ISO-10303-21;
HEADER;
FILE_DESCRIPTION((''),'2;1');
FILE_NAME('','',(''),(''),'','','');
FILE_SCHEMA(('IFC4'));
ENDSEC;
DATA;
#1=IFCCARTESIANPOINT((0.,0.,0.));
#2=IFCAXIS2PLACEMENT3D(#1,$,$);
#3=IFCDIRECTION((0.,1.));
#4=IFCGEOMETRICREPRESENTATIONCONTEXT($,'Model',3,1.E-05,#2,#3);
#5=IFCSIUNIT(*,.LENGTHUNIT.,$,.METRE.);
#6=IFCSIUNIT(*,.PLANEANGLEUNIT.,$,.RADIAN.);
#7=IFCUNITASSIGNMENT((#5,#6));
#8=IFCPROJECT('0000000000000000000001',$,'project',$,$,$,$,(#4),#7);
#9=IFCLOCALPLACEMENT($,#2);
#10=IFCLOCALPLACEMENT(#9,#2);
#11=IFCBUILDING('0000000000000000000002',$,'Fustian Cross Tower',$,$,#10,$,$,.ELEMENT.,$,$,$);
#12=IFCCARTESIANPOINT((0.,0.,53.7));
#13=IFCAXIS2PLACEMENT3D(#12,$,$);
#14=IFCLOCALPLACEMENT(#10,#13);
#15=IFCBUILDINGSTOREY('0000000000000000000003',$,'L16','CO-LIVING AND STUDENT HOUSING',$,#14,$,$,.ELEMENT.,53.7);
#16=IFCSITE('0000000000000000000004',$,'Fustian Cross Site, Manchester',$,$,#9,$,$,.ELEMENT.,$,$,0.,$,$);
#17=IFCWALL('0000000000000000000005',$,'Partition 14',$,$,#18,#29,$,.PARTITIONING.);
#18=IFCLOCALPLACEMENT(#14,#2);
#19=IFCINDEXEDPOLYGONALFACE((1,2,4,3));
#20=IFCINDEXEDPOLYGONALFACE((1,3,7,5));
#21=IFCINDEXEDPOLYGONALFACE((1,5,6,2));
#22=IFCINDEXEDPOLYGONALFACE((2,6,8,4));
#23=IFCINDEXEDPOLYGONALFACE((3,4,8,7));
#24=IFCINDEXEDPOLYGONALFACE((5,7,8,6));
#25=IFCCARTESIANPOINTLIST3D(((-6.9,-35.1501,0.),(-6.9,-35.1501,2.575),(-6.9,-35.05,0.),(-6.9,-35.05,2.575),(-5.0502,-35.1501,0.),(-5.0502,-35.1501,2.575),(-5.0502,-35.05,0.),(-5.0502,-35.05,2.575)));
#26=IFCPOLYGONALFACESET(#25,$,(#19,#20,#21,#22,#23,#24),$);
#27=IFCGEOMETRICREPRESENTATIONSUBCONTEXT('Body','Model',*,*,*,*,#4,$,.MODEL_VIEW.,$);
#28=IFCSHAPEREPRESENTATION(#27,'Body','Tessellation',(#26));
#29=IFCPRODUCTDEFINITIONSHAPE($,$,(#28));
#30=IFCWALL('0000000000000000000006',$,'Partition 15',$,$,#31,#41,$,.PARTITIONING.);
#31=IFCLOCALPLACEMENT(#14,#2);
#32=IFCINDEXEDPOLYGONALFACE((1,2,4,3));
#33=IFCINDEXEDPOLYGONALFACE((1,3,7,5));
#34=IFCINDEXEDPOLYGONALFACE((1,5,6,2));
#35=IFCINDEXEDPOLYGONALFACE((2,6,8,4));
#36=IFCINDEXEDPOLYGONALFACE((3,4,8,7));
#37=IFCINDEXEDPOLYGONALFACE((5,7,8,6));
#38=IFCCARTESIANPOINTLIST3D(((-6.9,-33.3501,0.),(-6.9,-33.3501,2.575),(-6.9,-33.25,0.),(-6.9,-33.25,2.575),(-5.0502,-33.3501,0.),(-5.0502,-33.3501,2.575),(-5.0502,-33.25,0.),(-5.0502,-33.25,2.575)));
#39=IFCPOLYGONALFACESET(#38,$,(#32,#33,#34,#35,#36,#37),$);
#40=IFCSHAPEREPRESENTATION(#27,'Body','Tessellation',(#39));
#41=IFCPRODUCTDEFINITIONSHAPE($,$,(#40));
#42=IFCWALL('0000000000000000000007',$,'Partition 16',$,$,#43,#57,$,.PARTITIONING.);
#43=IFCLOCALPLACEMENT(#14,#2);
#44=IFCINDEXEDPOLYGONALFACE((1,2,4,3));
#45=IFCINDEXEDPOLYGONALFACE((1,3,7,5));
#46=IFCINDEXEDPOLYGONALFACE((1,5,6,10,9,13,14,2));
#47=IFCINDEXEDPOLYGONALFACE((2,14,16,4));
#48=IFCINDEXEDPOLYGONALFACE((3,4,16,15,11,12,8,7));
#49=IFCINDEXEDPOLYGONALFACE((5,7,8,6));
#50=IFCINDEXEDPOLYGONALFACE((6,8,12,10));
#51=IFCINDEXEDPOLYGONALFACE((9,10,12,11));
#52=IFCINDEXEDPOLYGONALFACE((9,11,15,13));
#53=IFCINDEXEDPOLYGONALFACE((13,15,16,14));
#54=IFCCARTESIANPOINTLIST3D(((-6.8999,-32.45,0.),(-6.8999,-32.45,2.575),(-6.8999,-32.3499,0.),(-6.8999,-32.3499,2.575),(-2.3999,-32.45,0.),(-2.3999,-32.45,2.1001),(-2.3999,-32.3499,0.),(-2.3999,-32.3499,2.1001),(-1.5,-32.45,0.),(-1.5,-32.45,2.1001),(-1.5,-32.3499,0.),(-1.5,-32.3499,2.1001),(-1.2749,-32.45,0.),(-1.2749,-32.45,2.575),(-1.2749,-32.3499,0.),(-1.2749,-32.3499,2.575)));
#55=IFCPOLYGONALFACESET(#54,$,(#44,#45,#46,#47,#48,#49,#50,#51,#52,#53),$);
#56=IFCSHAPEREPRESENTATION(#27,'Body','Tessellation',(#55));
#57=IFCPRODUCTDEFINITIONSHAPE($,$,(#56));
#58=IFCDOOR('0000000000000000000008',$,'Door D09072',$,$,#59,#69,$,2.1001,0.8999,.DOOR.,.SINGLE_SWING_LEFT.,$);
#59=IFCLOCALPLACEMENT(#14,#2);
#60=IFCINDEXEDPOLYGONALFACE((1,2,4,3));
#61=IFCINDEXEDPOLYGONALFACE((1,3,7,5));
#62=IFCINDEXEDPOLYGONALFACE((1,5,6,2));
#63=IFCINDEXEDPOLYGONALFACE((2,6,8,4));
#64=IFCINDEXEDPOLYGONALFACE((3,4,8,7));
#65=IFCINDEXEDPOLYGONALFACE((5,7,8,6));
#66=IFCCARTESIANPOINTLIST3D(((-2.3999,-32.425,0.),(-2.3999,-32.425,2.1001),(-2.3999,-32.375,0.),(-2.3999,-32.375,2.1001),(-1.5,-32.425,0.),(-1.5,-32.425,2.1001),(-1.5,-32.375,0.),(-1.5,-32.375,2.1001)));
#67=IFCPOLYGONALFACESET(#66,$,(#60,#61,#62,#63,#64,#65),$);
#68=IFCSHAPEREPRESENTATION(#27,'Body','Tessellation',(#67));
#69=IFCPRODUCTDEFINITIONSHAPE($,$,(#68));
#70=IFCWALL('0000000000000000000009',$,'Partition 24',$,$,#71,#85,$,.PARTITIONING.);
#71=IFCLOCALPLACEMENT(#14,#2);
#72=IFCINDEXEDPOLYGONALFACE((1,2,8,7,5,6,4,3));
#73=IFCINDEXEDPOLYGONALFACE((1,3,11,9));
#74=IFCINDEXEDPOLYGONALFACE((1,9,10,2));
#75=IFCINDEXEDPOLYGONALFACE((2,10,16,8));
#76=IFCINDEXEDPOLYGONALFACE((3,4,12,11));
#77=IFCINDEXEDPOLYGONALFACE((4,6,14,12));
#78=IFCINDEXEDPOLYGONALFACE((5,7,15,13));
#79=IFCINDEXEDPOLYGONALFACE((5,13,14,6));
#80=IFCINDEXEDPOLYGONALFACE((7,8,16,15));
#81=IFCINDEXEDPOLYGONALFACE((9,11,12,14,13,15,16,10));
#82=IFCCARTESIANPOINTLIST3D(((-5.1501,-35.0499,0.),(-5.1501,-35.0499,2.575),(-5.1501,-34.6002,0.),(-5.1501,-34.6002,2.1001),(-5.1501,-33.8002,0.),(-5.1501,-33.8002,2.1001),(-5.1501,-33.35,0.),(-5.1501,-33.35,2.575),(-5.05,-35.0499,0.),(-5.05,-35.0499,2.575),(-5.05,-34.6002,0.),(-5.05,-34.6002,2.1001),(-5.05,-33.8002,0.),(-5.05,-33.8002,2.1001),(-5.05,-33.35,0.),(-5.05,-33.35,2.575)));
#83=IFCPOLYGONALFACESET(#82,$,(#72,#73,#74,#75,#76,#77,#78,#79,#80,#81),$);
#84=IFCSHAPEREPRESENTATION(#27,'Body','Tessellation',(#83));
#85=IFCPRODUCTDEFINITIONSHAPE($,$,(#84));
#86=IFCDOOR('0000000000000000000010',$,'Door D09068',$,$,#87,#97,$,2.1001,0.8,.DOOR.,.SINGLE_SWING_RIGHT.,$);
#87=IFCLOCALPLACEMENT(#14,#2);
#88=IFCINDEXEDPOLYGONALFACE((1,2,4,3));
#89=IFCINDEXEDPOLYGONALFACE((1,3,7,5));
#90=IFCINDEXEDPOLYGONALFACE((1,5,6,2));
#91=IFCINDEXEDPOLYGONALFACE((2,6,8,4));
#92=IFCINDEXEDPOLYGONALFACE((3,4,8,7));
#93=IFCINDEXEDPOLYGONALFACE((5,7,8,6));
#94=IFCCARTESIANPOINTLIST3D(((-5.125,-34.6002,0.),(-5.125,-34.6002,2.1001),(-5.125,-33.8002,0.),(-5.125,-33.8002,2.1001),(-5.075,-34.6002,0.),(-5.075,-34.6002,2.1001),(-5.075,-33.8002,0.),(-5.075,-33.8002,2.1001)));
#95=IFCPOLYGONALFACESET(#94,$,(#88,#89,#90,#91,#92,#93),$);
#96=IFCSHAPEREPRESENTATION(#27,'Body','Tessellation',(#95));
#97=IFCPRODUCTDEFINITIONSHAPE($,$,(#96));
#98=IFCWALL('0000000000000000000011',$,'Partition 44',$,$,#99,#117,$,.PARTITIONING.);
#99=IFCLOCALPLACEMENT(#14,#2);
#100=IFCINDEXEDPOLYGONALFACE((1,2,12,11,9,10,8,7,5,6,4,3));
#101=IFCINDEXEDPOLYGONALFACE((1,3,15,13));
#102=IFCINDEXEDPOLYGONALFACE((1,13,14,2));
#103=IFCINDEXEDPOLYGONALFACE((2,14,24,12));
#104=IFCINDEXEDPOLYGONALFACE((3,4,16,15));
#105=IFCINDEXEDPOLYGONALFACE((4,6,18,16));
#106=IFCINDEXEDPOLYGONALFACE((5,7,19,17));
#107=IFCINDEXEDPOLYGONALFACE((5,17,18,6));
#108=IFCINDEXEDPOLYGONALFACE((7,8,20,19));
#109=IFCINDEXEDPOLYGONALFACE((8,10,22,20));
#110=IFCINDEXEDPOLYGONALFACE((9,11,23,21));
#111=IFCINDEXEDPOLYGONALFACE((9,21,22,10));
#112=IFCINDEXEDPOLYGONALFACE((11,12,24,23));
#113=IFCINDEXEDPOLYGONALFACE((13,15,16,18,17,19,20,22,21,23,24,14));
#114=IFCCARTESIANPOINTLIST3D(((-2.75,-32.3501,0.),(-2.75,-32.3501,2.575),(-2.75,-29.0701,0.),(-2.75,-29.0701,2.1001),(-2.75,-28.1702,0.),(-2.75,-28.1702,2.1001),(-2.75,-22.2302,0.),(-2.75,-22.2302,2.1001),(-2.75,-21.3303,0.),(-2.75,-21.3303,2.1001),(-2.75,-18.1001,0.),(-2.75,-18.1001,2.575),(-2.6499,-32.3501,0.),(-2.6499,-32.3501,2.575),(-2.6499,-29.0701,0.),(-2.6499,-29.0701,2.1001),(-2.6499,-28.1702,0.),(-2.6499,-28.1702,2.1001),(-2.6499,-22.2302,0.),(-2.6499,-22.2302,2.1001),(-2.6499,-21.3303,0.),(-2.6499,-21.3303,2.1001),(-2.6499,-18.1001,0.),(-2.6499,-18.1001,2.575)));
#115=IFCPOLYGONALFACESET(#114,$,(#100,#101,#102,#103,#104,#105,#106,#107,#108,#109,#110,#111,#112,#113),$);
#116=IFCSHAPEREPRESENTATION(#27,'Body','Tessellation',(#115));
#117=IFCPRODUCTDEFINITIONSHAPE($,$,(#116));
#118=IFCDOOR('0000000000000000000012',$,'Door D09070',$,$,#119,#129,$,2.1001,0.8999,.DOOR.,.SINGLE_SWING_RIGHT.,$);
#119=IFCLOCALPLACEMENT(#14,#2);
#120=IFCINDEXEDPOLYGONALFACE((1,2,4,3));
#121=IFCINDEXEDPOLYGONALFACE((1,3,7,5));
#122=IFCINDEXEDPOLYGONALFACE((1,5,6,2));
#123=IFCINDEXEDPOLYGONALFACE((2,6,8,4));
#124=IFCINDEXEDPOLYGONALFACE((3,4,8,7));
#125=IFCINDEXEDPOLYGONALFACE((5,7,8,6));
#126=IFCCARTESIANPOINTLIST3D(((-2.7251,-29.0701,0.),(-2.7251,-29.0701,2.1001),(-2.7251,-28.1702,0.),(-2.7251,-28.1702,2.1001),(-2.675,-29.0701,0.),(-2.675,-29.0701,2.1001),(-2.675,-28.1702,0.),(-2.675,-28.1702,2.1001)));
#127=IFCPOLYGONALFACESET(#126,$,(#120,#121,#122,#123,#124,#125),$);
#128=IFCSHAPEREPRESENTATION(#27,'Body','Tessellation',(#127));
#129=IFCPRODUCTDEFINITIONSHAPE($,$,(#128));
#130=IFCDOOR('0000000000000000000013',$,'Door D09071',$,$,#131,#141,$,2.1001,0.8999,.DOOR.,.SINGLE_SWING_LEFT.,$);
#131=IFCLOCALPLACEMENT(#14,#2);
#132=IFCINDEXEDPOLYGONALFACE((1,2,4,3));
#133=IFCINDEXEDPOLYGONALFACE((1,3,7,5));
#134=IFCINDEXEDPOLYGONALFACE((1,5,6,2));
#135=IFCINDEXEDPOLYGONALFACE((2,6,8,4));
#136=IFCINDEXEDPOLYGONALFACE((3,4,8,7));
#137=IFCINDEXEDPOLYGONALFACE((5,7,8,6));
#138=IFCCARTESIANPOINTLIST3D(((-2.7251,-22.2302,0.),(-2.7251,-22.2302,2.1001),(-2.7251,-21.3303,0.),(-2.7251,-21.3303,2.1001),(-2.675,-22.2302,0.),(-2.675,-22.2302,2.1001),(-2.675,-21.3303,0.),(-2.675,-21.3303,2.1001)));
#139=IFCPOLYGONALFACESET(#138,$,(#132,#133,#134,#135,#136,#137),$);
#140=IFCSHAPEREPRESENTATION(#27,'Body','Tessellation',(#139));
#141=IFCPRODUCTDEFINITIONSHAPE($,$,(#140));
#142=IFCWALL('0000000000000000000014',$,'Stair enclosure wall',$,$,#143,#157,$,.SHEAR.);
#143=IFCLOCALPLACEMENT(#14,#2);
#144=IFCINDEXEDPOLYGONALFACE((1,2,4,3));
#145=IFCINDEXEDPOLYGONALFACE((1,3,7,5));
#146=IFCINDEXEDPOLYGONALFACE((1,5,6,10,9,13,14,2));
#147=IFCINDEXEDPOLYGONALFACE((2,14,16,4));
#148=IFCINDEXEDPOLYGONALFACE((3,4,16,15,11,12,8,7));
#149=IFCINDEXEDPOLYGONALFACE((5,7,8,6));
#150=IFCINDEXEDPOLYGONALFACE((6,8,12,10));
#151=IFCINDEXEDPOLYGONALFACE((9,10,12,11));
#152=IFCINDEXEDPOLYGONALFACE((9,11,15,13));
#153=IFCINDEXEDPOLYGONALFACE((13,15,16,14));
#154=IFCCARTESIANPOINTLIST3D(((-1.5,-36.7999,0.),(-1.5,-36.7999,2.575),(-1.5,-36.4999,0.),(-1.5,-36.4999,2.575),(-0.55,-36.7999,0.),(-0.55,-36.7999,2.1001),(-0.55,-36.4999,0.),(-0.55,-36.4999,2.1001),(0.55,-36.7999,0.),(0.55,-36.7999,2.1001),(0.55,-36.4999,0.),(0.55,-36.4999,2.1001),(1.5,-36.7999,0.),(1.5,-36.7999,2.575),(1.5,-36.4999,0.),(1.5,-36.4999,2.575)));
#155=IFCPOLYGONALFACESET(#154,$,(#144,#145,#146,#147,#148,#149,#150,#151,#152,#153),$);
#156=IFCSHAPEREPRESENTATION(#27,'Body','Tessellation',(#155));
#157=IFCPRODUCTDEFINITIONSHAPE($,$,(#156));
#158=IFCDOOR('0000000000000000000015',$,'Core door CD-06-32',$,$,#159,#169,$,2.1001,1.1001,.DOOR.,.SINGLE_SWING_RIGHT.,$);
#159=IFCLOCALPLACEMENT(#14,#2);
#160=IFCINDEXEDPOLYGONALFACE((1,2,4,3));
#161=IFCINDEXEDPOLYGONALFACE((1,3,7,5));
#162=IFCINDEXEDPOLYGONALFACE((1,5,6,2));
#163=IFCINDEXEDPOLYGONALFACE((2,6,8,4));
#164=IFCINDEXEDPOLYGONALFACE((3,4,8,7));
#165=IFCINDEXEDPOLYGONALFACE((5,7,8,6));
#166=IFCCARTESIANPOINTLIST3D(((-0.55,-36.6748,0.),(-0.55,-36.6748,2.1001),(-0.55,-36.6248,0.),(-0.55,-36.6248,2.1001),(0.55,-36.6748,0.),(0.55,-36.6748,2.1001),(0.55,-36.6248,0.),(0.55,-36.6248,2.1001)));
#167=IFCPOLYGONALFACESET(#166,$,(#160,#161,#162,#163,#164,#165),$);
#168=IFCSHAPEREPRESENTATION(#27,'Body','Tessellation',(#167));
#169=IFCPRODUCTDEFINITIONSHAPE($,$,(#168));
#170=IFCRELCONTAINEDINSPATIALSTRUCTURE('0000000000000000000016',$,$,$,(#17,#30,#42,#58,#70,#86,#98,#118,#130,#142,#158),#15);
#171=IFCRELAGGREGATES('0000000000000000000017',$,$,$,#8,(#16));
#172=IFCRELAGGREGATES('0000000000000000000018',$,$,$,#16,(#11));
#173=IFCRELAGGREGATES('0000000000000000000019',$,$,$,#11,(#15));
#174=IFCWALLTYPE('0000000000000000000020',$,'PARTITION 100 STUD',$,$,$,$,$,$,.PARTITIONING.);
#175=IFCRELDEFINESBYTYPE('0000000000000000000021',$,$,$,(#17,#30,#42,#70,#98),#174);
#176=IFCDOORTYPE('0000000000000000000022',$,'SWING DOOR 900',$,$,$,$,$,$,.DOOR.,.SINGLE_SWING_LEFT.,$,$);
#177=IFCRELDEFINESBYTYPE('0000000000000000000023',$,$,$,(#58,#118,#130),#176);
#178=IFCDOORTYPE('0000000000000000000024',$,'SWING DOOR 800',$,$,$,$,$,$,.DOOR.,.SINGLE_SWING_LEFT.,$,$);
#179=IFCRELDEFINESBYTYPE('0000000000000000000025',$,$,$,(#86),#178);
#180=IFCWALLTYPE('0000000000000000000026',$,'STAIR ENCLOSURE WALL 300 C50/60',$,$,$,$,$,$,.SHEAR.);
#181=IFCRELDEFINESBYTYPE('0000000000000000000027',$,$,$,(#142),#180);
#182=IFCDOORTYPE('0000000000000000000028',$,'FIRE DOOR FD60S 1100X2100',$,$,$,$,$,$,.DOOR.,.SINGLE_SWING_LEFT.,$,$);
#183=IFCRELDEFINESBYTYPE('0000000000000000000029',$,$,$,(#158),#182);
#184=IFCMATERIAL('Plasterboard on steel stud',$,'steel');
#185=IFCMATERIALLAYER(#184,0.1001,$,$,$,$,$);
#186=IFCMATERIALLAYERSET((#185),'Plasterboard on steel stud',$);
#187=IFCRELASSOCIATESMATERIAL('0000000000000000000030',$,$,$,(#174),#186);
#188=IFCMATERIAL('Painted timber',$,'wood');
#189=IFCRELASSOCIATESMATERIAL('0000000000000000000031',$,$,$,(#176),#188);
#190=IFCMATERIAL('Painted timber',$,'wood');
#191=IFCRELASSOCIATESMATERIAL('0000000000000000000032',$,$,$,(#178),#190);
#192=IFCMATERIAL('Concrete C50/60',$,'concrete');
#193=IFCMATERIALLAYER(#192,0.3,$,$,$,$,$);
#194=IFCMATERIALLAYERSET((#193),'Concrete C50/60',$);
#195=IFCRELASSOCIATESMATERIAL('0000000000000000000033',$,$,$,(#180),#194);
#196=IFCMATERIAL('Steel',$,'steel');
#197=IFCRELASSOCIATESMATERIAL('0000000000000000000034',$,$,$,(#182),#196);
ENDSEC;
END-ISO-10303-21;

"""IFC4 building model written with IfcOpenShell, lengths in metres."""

from ifc_helpers import new_model, si_unit, direction, frame, frame_2d, origin, place, context, subcontext, project, spatial, rectangle, extrude, material, layer, layer_set, type_object, element, fill, save


model = new_model("IFC4")

# Units and contexts
model_context = context("Model", 3, precision=1e-05, world=origin(), true_north=direction((0.0, 1.0)))
body_context = subcontext(model_context, "Body", "Model", "MODEL_VIEW")
ifc_project = project(units=[si_unit("LENGTHUNIT", "METRE"), si_unit("PLANEANGLEUNIT", "RADIAN")], contexts=[model_context])

# Site, building, storey
site_placement = place(None, origin())
site = spatial("IfcSite", under=ifc_project, at=site_placement, Name="Fustian Cross Site, Manchester", CompositionType="ELEMENT", RefElevation=0.0)
building_placement = place(site_placement, origin())
building = spatial("IfcBuilding", under=site, at=building_placement, Name="Fustian Cross Tower", CompositionType="ELEMENT")
storey_placement = place(building_placement, frame((0.0, 0.0, 53.7)))
storey = spatial("IfcBuildingStorey", under=building, at=storey_placement, Name="L16", Description="CO-LIVING AND STUDENT HOUSING", CompositionType="ELEMENT", Elevation=53.7)

# Walls
ifc_material_1 = material(Name="Plasterboard on steel stud", Category="steel")
ifc_layer_1 = layer(ifc_material_1, 0.1001)
ifc_layer_set_1 = layer_set([ifc_layer_1], Name="Plasterboard on steel stud")
wall_type_1 = type_object("IfcWallType", Name="PARTITION 100 STUD", PredefinedType="PARTITIONING", material=ifc_layer_set_1)
for number, where, z_axis, x_axis, name in (
    (1, (-6.8999, -35.1001, 0.0), (0.0, 0.0, 1.0), (1.0, 0.0, 0.0), "Partition 14"),
    (2, (-6.8999, -33.3, 0.0), (0.0, 0.0, 1.0), (1.0, 0.0, 0.0), "Partition 15"),
):
    element("IfcWall", number, at=place(storey_placement, frame(where, z_axis=z_axis, x_axis=x_axis)), inside=storey, type_object=wall_type_1, Name=name, PredefinedType="PARTITIONING", context=body_context, shape_type="SweptSolid", body=[
        extrude(rectangle(XDim=1.8499, YDim=0.1001, at=frame_2d((0.9248, 0.0))), origin(), (0.0, 0.0, 1.0), 2.575),
    ])

# Walls, openings, doors
wall_1_placement = place(storey_placement, frame((-6.8999, -32.3999, 0.0), z_axis=(0.0, 0.0, 1.0), x_axis=(1.0, 0.0, 0.0)))
wall_1 = element("IfcWall", 3, at=wall_1_placement, inside=storey, type_object=wall_type_1, Name="Partition 16", PredefinedType="PARTITIONING", context=body_context, shape_type="SweptSolid", body=[
    extrude(rectangle(XDim=5.625, YDim=0.1001, at=frame_2d((2.8125, 0.0))), origin(), (0.0, 0.0, 1.0), 2.575),
])
opening_1_placement = place(wall_1_placement, frame((4.5, 0.0, 0.0)))
opening_1 = element("IfcOpeningElement", 4, at=opening_1_placement, cuts=wall_1, PredefinedType="OPENING", context=body_context, shape_type="SweptSolid", body=[
    extrude(rectangle(XDim=0.8999, YDim=2.1001, at=frame_2d((0.45, 1.05))), frame((0.0, 0.0601, 0.0), z_axis=(0.0, -1.0, 0.0), x_axis=(1.0, 0.0, 0.0)), (0.0, 0.0, 1.0), 0.1201),
])
ifc_material_2 = material(Name="Painted timber", Category="wood")
door_type_1 = type_object("IfcDoorType", Name="SWING DOOR 900", OperationType="SINGLE_SWING_LEFT", PredefinedType="DOOR", material=ifc_material_2)
door_1_placement = place(opening_1_placement, origin())
door_1 = element("IfcDoor", 5, at=door_1_placement, inside=storey, type_object=door_type_1, Name="Door D09072", OperationType="SINGLE_SWING_LEFT", OverallHeight=2.1001, OverallWidth=0.8999, PredefinedType="DOOR", context=body_context, shape_type="SweptSolid", body=[
    extrude(rectangle(XDim=0.8999, YDim=2.1001, at=frame_2d((0.45, 1.05))), frame((0.0, 0.0249, 0.0), z_axis=(0.0, -1.0, 0.0), x_axis=(1.0, 0.0, 0.0)), (0.0, 0.0, 1.0), 0.05),
])
fill(opening_1, door_1)
wall_2_placement = place(storey_placement, frame((-5.1001, -35.05, 0.0), z_axis=(0.0, 0.0, 1.0), x_axis=(0.0, 1.0, 0.0)))
wall_2 = element("IfcWall", 6, at=wall_2_placement, inside=storey, type_object=wall_type_1, Name="Partition 24", PredefinedType="PARTITIONING", context=body_context, shape_type="SweptSolid", body=[
    extrude(rectangle(XDim=1.7, YDim=0.1001, at=frame_2d((0.8501, 0.0))), origin(), (0.0, 0.0, 1.0), 2.575),
])
opening_2_placement = place(wall_2_placement, frame((0.45, 0.0, 0.0)))
opening_2 = element("IfcOpeningElement", 7, at=opening_2_placement, cuts=wall_2, PredefinedType="OPENING", context=body_context, shape_type="SweptSolid", body=[
    extrude(rectangle(XDim=0.8, YDim=2.1001, at=frame_2d((0.3999, 1.05))), frame((0.0, 0.0601, 0.0), z_axis=(0.0, -1.0, 0.0), x_axis=(1.0, 0.0, 0.0)), (0.0, 0.0, 1.0), 0.1201),
])
ifc_material_3 = material(Name="Painted timber", Category="wood")
door_type_2 = type_object("IfcDoorType", Name="SWING DOOR 800", OperationType="SINGLE_SWING_LEFT", PredefinedType="DOOR", material=ifc_material_3)
door_2_placement = place(opening_2_placement, origin())
door_2 = element("IfcDoor", 8, at=door_2_placement, inside=storey, type_object=door_type_2, Name="Door D09068", OperationType="SINGLE_SWING_RIGHT", OverallHeight=2.1001, OverallWidth=0.8, PredefinedType="DOOR", context=body_context, shape_type="SweptSolid", body=[
    extrude(rectangle(XDim=0.8, YDim=2.1001, at=frame_2d((0.3999, 1.05))), frame((0.0, 0.0249, 0.0), z_axis=(0.0, -1.0, 0.0), x_axis=(1.0, 0.0, 0.0)), (0.0, 0.0, 1.0), 0.05),
])
fill(opening_2, door_2)

# Wall, openings, doors
wall_3_placement = place(storey_placement, frame((-2.7, -32.3501, 0.0), z_axis=(0.0, 0.0, 1.0), x_axis=(0.0, 1.0, 0.0)))
wall_3 = element("IfcWall", 9, at=wall_3_placement, inside=storey, type_object=wall_type_1, Name="Partition 44", PredefinedType="PARTITIONING", context=body_context, shape_type="SweptSolid", body=[
    extrude(rectangle(XDim=14.25, YDim=0.1001, at=frame_2d((7.125, 0.0))), origin(), (0.0, 0.0, 1.0), 2.575),
])
opening_3_placement = place(wall_3_placement, frame((3.28, 0.0, 0.0)))
opening_3 = element("IfcOpeningElement", 10, at=opening_3_placement, cuts=wall_3, PredefinedType="OPENING", context=body_context, shape_type="SweptSolid", body=[
    extrude(rectangle(XDim=0.8999, YDim=2.1001, at=frame_2d((0.45, 1.05))), frame((0.0, 0.0601, 0.0), z_axis=(0.0, -1.0, 0.0), x_axis=(1.0, 0.0, 0.0)), (0.0, 0.0, 1.0), 0.1201),
])
opening_4_placement = place(wall_3_placement, frame((10.1199, 0.0, 0.0)))
opening_4 = element("IfcOpeningElement", 11, at=opening_4_placement, cuts=wall_3, PredefinedType="OPENING", context=body_context, shape_type="SweptSolid", body=[
    extrude(rectangle(XDim=0.8999, YDim=2.1001, at=frame_2d((0.45, 1.05))), frame((0.0, 0.0601, 0.0), z_axis=(0.0, -1.0, 0.0), x_axis=(1.0, 0.0, 0.0)), (0.0, 0.0, 1.0), 0.1201),
])
door_3_placement = place(opening_3_placement, frame((0.8999, 0.0, 0.0), z_axis=(0.0, 0.0, 1.0), x_axis=(-1.0, 0.0, 0.0)))
door_3 = element("IfcDoor", 12, at=door_3_placement, inside=storey, type_object=door_type_1, Name="Door D09070", OperationType="SINGLE_SWING_RIGHT", OverallHeight=2.1001, OverallWidth=0.8999, PredefinedType="DOOR", context=body_context, shape_type="SweptSolid", body=[
    extrude(rectangle(XDim=0.8999, YDim=2.1001, at=frame_2d((0.45, 1.05))), frame((0.0, 0.0249, 0.0), z_axis=(0.0, -1.0, 0.0), x_axis=(1.0, 0.0, 0.0)), (0.0, 0.0, 1.0), 0.05),
])
fill(opening_3, door_3)
door_4_placement = place(opening_4_placement, frame((0.8999, 0.0, 0.0), z_axis=(0.0, 0.0, 1.0), x_axis=(-1.0, 0.0, 0.0)))
door_4 = element("IfcDoor", 13, at=door_4_placement, inside=storey, type_object=door_type_1, Name="Door D09071", OperationType="SINGLE_SWING_LEFT", OverallHeight=2.1001, OverallWidth=0.8999, PredefinedType="DOOR", context=body_context, shape_type="SweptSolid", body=[
    extrude(rectangle(XDim=0.8999, YDim=2.1001, at=frame_2d((0.45, 1.05))), frame((0.0, 0.0249, 0.0), z_axis=(0.0, -1.0, 0.0), x_axis=(1.0, 0.0, 0.0)), (0.0, 0.0, 1.0), 0.05),
])
fill(opening_4, door_4)

# Wall, opening, door
ifc_material_4 = material(Name="Concrete C50/60", Category="concrete")
ifc_layer_2 = layer(ifc_material_4, 0.3)
ifc_layer_set_2 = layer_set([ifc_layer_2], Name="Concrete C50/60")
wall_type_2 = type_object("IfcWallType", Name="STAIR ENCLOSURE WALL 300 C50/60", PredefinedType="SHEAR", material=ifc_layer_set_2)
wall_4_placement = place(storey_placement, frame((-1.5, -36.6499, 0.0), z_axis=(0.0, 0.0, 1.0), x_axis=(1.0, 0.0, 0.0)))
wall_4 = element("IfcWall", 14, at=wall_4_placement, inside=storey, type_object=wall_type_2, Name="Stair enclosure wall", PredefinedType="SHEAR", context=body_context, shape_type="SweptSolid", body=[
    extrude(rectangle(XDim=3.0, YDim=0.3, at=frame_2d((1.5, 0.0))), origin(), (0.0, 0.0, 1.0), 2.575),
])
opening_5_placement = place(wall_4_placement, frame((0.95, 0.0, 0.0)))
opening_5 = element("IfcOpeningElement", 15, at=opening_5_placement, cuts=wall_4, PredefinedType="OPENING", context=body_context, shape_type="SweptSolid", body=[
    extrude(rectangle(XDim=1.1001, YDim=2.1001, at=frame_2d((0.55, 1.05))), frame((0.0, 0.1599, 0.0), z_axis=(0.0, -1.0, 0.0), x_axis=(1.0, 0.0, 0.0)), (0.0, 0.0, 1.0), 0.3201),
])
ifc_material_5 = material(Name="Steel", Category="steel")
door_type_3 = type_object("IfcDoorType", Name="FIRE DOOR FD60S 1100X2100", OperationType="SINGLE_SWING_LEFT", PredefinedType="DOOR", material=ifc_material_5)
door_5_placement = place(opening_5_placement, frame((1.1001, 0.0, 0.0), z_axis=(0.0, 0.0, 1.0), x_axis=(-1.0, 0.0, 0.0)))
door_5 = element("IfcDoor", 16, at=door_5_placement, inside=storey, type_object=door_type_3, Name="Core door CD-06-32", OperationType="SINGLE_SWING_RIGHT", OverallHeight=2.1001, OverallWidth=1.1001, PredefinedType="DOOR", context=body_context, shape_type="SweptSolid", body=[
    extrude(rectangle(XDim=1.1001, YDim=2.1001, at=frame_2d((0.55, 1.05))), frame((0.0, 0.0249, 0.0), z_axis=(0.0, -1.0, 0.0), x_axis=(1.0, 0.0, 0.0)), (0.0, 0.0, 1.0), 0.05),
])
fill(opening_5, door_5)

save(model, "model.ifc")
